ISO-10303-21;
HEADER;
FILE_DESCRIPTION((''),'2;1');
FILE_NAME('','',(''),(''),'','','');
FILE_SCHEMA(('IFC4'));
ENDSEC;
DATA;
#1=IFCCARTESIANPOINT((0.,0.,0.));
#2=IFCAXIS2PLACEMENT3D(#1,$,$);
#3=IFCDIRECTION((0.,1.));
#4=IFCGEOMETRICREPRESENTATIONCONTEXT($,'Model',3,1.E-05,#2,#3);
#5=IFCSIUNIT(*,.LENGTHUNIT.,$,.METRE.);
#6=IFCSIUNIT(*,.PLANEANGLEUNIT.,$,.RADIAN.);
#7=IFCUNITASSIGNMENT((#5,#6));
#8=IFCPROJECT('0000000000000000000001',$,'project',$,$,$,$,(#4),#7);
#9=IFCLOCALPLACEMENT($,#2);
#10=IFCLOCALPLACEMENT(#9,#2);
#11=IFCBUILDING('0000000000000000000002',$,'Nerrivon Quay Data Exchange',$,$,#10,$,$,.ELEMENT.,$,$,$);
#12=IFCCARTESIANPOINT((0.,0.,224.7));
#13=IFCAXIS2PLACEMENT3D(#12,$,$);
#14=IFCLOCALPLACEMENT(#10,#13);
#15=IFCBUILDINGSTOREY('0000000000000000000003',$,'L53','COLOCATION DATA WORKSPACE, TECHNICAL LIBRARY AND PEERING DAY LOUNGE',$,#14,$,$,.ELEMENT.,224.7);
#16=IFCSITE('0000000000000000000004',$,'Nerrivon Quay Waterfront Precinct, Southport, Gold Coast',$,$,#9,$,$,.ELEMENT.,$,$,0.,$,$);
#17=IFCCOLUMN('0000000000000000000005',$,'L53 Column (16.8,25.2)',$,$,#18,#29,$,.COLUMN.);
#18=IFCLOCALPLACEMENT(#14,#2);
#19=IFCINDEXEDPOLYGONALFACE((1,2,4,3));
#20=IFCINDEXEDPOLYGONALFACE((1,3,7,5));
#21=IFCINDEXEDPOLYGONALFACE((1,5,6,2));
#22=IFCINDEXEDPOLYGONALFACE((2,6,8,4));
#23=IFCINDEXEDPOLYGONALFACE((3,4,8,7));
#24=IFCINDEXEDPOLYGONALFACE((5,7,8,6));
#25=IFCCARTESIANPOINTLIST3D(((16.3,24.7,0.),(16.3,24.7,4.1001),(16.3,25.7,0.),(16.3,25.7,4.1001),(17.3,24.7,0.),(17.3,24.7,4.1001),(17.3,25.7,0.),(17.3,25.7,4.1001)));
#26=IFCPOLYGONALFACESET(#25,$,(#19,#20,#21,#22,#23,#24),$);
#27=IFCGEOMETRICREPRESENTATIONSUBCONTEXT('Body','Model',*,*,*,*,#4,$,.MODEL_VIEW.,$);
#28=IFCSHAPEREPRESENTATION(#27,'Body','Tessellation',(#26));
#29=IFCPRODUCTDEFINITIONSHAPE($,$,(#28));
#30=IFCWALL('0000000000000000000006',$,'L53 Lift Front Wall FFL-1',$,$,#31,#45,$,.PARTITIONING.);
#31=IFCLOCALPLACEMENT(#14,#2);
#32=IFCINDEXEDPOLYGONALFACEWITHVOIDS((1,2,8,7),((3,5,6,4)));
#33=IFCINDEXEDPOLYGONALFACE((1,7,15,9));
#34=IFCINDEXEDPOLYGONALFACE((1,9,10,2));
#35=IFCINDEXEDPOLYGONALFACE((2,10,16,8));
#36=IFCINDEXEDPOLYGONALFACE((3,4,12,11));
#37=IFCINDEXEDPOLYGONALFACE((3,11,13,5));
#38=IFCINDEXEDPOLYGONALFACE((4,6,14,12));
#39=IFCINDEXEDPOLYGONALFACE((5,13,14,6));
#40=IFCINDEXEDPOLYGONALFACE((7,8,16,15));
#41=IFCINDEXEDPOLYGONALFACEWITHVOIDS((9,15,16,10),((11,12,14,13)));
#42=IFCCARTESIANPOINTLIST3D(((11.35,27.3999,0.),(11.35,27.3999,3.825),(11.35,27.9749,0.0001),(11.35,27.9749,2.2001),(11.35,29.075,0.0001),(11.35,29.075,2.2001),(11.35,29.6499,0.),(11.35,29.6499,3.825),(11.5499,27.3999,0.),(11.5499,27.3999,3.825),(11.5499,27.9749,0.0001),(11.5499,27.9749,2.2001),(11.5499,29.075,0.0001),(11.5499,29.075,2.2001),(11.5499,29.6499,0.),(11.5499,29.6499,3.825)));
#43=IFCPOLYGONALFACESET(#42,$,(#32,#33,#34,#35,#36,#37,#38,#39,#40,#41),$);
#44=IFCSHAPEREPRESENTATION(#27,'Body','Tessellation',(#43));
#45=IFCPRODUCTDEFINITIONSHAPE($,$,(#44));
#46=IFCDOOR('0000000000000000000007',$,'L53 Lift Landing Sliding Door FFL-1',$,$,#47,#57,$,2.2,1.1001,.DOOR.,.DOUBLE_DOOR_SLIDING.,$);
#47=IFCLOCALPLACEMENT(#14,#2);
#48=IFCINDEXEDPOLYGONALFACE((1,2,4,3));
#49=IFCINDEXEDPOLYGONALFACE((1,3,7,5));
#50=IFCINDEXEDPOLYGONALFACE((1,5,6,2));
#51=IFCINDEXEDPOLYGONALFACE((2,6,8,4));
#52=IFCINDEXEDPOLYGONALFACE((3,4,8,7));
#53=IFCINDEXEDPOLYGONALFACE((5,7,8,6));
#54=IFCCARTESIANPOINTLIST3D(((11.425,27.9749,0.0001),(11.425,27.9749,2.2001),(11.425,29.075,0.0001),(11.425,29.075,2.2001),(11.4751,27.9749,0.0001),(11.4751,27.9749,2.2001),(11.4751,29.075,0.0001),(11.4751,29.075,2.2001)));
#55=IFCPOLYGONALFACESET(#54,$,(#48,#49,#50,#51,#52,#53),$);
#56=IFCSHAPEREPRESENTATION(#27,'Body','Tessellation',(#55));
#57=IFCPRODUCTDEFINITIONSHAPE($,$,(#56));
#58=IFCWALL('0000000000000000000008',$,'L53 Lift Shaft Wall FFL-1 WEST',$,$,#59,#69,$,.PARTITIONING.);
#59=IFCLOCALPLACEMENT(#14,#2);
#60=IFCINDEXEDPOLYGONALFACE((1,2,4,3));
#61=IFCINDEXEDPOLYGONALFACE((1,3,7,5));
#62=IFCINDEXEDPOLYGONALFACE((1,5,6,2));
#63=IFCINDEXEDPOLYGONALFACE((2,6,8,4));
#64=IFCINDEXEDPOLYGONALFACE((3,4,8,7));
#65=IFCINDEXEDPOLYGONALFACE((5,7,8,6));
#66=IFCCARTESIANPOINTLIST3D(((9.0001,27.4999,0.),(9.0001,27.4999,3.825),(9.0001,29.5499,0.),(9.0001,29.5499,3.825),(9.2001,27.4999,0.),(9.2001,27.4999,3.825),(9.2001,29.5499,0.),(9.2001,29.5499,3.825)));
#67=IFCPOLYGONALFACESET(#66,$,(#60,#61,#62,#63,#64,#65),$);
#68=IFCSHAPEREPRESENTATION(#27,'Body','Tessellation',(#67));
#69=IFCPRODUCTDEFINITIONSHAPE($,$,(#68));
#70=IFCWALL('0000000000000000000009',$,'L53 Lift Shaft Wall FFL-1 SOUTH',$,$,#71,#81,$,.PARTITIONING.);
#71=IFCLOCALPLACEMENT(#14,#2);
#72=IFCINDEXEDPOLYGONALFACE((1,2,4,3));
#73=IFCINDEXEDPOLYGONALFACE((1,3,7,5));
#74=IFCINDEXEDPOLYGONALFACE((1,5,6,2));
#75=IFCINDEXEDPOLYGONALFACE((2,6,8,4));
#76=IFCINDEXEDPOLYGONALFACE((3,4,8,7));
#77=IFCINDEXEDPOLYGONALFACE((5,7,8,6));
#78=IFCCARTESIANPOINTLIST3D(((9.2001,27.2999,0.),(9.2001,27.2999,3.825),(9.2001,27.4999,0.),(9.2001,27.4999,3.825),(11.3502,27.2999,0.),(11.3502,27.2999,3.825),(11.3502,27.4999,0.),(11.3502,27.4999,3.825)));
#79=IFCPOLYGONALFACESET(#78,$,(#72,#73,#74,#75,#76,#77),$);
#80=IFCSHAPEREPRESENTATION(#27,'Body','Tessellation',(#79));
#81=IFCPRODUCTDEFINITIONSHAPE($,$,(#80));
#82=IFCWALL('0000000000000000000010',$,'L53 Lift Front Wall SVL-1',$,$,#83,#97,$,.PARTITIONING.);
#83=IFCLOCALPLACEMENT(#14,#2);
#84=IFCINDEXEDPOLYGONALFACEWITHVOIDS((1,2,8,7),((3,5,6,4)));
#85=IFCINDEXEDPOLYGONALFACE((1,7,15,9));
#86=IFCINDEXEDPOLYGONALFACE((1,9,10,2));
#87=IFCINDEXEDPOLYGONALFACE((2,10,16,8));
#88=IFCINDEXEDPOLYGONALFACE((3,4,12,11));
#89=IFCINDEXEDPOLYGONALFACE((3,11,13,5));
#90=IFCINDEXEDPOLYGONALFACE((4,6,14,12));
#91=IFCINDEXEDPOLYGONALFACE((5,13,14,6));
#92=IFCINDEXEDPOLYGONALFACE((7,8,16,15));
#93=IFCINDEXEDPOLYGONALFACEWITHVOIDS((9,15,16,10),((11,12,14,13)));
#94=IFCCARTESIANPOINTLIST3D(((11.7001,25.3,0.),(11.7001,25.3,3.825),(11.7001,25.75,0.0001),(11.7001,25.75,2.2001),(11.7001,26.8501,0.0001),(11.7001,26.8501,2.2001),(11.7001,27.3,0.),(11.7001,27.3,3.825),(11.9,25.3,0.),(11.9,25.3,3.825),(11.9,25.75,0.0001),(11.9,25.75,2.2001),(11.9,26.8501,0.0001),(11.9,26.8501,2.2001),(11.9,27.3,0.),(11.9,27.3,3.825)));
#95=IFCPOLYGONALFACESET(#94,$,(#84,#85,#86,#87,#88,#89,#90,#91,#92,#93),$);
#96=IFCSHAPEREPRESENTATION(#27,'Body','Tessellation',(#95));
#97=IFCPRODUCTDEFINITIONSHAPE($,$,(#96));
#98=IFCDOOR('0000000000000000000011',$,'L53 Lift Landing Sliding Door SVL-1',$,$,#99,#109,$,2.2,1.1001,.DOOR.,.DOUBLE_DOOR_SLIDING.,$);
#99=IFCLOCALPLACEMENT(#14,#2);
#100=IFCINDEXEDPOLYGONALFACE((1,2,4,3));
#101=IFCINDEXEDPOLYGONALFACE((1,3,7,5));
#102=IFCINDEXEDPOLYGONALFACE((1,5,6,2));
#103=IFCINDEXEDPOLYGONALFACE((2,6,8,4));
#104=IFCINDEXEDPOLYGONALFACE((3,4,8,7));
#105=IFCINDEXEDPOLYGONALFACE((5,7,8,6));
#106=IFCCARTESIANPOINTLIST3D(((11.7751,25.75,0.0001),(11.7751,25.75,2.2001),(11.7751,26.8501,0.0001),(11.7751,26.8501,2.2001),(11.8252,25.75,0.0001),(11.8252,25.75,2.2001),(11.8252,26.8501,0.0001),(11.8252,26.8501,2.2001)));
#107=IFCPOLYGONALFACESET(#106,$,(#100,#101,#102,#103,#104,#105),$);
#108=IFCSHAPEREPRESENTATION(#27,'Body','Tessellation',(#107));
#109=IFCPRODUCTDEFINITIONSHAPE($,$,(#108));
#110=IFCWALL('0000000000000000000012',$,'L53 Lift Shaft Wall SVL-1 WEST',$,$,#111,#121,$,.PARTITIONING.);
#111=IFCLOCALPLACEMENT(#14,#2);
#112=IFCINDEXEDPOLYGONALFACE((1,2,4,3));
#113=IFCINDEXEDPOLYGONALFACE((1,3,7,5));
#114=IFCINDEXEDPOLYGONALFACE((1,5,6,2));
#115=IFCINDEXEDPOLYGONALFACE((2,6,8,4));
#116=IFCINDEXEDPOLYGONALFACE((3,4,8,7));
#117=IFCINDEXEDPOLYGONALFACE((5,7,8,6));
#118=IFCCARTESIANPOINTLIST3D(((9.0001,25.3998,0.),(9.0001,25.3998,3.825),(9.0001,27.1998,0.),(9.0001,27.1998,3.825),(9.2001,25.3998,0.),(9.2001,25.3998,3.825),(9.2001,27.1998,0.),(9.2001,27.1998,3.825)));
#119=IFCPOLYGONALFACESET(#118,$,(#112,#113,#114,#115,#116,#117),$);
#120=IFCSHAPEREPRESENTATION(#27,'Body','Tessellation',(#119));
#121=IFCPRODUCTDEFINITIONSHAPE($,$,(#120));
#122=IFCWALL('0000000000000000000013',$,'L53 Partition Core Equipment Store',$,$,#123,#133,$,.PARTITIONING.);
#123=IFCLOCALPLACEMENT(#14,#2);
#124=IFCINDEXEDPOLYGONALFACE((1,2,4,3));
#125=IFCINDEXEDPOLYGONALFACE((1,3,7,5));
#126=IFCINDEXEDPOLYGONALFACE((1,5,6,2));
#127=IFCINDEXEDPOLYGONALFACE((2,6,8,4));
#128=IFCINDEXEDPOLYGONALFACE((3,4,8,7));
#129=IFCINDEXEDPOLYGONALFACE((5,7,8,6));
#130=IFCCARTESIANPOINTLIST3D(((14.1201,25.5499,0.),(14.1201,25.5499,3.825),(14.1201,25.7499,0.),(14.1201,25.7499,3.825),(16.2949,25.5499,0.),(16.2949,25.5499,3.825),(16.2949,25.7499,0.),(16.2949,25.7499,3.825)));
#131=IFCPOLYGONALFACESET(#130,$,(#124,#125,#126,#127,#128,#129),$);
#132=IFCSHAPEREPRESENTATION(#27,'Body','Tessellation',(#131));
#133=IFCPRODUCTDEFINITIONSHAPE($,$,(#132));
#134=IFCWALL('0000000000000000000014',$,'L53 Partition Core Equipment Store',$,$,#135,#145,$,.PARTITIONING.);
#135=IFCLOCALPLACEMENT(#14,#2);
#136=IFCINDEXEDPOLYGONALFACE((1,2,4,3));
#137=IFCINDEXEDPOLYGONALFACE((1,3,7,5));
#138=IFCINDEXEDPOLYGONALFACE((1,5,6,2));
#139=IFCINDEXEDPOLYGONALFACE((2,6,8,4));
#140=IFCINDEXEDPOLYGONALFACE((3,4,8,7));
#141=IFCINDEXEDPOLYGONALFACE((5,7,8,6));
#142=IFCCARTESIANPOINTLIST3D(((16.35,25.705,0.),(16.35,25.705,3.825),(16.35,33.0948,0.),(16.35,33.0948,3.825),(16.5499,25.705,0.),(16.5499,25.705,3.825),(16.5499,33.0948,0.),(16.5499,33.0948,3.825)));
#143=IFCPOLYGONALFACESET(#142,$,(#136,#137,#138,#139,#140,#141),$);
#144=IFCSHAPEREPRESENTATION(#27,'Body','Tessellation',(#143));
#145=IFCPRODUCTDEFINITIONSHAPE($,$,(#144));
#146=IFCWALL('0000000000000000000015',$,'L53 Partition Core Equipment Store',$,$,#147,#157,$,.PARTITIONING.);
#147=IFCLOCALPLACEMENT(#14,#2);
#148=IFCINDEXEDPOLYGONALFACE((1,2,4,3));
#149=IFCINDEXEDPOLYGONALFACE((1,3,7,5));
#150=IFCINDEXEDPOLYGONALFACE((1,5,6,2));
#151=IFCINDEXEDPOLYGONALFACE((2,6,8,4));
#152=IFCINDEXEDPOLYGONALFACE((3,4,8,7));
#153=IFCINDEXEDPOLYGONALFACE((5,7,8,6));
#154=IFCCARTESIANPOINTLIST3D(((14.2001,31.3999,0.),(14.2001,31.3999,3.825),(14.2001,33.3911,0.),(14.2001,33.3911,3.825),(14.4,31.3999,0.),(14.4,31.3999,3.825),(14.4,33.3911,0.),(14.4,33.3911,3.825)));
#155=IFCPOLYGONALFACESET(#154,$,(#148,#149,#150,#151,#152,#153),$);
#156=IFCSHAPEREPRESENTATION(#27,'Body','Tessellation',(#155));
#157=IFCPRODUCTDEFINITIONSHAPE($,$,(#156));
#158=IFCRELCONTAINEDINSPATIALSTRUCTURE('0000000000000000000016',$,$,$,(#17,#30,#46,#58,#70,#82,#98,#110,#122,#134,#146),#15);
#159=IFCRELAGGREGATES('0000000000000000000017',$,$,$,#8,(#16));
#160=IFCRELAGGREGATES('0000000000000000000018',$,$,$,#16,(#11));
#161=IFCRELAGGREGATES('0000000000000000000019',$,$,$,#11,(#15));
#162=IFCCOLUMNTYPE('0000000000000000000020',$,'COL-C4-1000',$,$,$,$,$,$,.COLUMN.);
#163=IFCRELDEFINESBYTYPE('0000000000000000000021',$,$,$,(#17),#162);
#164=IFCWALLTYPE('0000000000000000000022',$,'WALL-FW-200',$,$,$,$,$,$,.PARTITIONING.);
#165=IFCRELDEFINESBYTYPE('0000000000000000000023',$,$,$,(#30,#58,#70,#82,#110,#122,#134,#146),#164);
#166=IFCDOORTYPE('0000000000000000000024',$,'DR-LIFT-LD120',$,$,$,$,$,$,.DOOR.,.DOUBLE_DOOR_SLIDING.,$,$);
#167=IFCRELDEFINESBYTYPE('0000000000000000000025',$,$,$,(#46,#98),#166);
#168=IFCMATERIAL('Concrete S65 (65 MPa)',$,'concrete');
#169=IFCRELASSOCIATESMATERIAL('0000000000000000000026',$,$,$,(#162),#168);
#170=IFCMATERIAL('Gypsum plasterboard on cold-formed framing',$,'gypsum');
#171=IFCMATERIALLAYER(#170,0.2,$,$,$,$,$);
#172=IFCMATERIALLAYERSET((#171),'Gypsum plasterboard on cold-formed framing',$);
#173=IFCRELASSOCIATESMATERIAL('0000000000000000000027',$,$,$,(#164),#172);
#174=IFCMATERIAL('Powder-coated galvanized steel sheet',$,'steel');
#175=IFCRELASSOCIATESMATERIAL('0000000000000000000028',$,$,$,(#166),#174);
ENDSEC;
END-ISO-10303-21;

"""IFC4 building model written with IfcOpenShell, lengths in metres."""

from ifc_helpers import new_model, si_unit, direction, frame, frame_2d, origin, origin_2d, place, context, subcontext, project, spatial, rectangle, extrude, material, layer, layer_set, material_profile, profile_set, type_object, element, fill, save


model = new_model("IFC4")

# Units and contexts
model_context = context("Model", 3, precision=1e-05, world=origin(), true_north=direction((0.0, 1.0)))
body_context = subcontext(model_context, "Body", "Model", "MODEL_VIEW")
ifc_project = project(units=[si_unit("LENGTHUNIT", "METRE"), si_unit("PLANEANGLEUNIT", "RADIAN")], contexts=[model_context])

# Site, building, storey
site_placement = place(None, origin())
site = spatial("IfcSite", under=ifc_project, at=site_placement, Name="Nerrivon Quay Waterfront Precinct, Southport, Gold Coast", CompositionType="ELEMENT", RefElevation=0.0)
building_placement = place(site_placement, origin())
building = spatial("IfcBuilding", under=site, at=building_placement, Name="Nerrivon Quay Data Exchange", CompositionType="ELEMENT")
storey_placement = place(building_placement, frame((0.0, 0.0, 224.7)))
storey = spatial("IfcBuildingStorey", under=building, at=storey_placement, Name="L53", Description="COLOCATION DATA WORKSPACE, TECHNICAL LIBRARY AND PEERING DAY LOUNGE", CompositionType="ELEMENT", Elevation=224.7)

# Column
ifc_material_1 = material(Name="Concrete S65 (65 MPa)", Category="concrete")
ifc_material_profile = material_profile(ifc_material_1, rectangle(XDim=1.0, YDim=1.0, at=origin_2d()), Name="RC-COL-1000x1000")
ifc_profile_set = profile_set([ifc_material_profile], Name="Concrete S65 (65 MPa)")
column_type = type_object("IfcColumnType", Name="COL-C4-1000", PredefinedType="COLUMN", material=ifc_profile_set)
column_placement = place(storey_placement, frame((16.8, 25.2, 0.0), z_axis=(0.0, 0.0, 1.0), x_axis=(1.0, 0.0, 0.0)))
element("IfcColumn", 1, at=column_placement, inside=storey, type_object=column_type, Name="L53 Column (16.8,25.2)", PredefinedType="COLUMN", context=body_context, shape_type="SweptSolid", body=[
    extrude(rectangle(XDim=1.0, YDim=1.0, at=origin_2d()), origin(), (0.0, 0.0, 1.0), 4.1001),
])

# Wall, opening, door
ifc_material_2 = material(Name="Powder-coated galvanized steel sheet", Category="steel")
ifc_material_3 = material(Name="Gypsum plasterboard on cold-formed framing", Category="gypsum")
ifc_layer_1 = layer(ifc_material_3, 0.2)
ifc_layer_set_1 = layer_set([ifc_layer_1], Name="Gypsum plasterboard on cold-formed framing")
wall_type_1 = type_object("IfcWallType", Name="WALL-FW-200", PredefinedType="PARTITIONING", material=ifc_layer_set_1)
wall_1_placement = place(storey_placement, frame((11.45, 27.3999, 0.0), z_axis=(0.0, 0.0, 1.0), x_axis=(0.0, 1.0, 0.0)))
wall_1 = element("IfcWall", 2, at=wall_1_placement, inside=storey, type_object=wall_type_1, Name="L53 Lift Front Wall FFL-1", PredefinedType="PARTITIONING", context=body_context, shape_type="SweptSolid", body=[
    extrude(rectangle(XDim=2.25, YDim=0.2, at=frame_2d((1.125, 0.0))), origin(), (0.0, 0.0, 1.0), 3.825),
])
opening_1_placement = place(wall_1_placement, frame((0.575, 0.0, 0.0)))
opening_1 = element("IfcOpeningElement", 3, at=opening_1_placement, cuts=wall_1, PredefinedType="OPENING", context=body_context, shape_type="SweptSolid", body=[
    extrude(rectangle(XDim=1.1001, YDim=2.2, at=frame_2d((0.55, 1.1001))), frame((0.0, 0.1099, 0.0), z_axis=(0.0, -1.0, 0.0), x_axis=(1.0, 0.0, 0.0)), (0.0, 0.0, 1.0), 0.22),
])
door_type_1 = type_object("IfcDoorType", Name="DR-LIFT-LD120", OperationType="DOUBLE_DOOR_SLIDING", PredefinedType="DOOR", material=ifc_material_2)
door_1_placement = place(opening_1_placement, origin())
door_1 = element("IfcDoor", 4, at=door_1_placement, inside=storey, type_object=door_type_1, Name="L53 Lift Landing Sliding Door FFL-1", OperationType="DOUBLE_DOOR_SLIDING", OverallHeight=2.2, OverallWidth=1.1001, PredefinedType="DOOR", context=body_context, shape_type="SweptSolid", body=[
    extrude(rectangle(XDim=1.1001, YDim=2.2, at=frame_2d((0.55, 1.1001))), frame((0.0, 0.0249, 0.0), z_axis=(0.0, -1.0, 0.0), x_axis=(1.0, 0.0, 0.0)), (0.0, 0.0, 1.0), 0.05),
])
fill(opening_1, door_1)

# Walls
wall_2_placement = place(storey_placement, frame((9.1001, 27.5, 0.0), z_axis=(0.0, 0.0, 1.0), x_axis=(0.0, 1.0, 0.0)))
element("IfcWall", 5, at=wall_2_placement, inside=storey, type_object=wall_type_1, Name="L53 Lift Shaft Wall FFL-1 WEST", PredefinedType="PARTITIONING", context=body_context, shape_type="SweptSolid", body=[
    extrude(rectangle(XDim=2.05, YDim=0.2, at=frame_2d((1.0249, 0.0))), origin(), (0.0, 0.0, 1.0), 3.825),
])
wall_3_placement = place(storey_placement, frame((9.2, 27.3999, 0.0), z_axis=(0.0, 0.0, 1.0), x_axis=(1.0, 0.0, 0.0)))
element("IfcWall", 6, at=wall_3_placement, inside=storey, type_object=wall_type_1, Name="L53 Lift Shaft Wall FFL-1 SOUTH", PredefinedType="PARTITIONING", context=body_context, shape_type="SweptSolid", body=[
    extrude(rectangle(XDim=2.1501, YDim=0.2, at=frame_2d((1.0752, 0.0))), origin(), (0.0, 0.0, 1.0), 3.825),
])

# Wall, opening, door
wall_4_placement = place(storey_placement, frame((11.8, 25.3, 0.0), z_axis=(0.0, 0.0, 1.0), x_axis=(0.0, 1.0, 0.0)))
wall_4 = element("IfcWall", 7, at=wall_4_placement, inside=storey, type_object=wall_type_1, Name="L53 Lift Front Wall SVL-1", PredefinedType="PARTITIONING", context=body_context, shape_type="SweptSolid", body=[
    extrude(rectangle(XDim=2.0, YDim=0.2, at=frame_2d((1.0, 0.0))), origin(), (0.0, 0.0, 1.0), 3.825),
])
opening_2_placement = place(wall_4_placement, frame((0.45, 0.0, 0.0)))
opening_2 = element("IfcOpeningElement", 8, at=opening_2_placement, cuts=wall_4, PredefinedType="OPENING", context=body_context, shape_type="SweptSolid", body=[
    extrude(rectangle(XDim=1.1001, YDim=2.2, at=frame_2d((0.55, 1.1001))), frame((0.0, 0.1099, 0.0), z_axis=(0.0, -1.0, 0.0), x_axis=(1.0, 0.0, 0.0)), (0.0, 0.0, 1.0), 0.22),
])
door_2_placement = place(opening_2_placement, origin())
door_2 = element("IfcDoor", 9, at=door_2_placement, inside=storey, type_object=door_type_1, Name="L53 Lift Landing Sliding Door SVL-1", OperationType="DOUBLE_DOOR_SLIDING", OverallHeight=2.2, OverallWidth=1.1001, PredefinedType="DOOR", context=body_context, shape_type="SweptSolid", body=[
    extrude(rectangle(XDim=1.1001, YDim=2.2, at=frame_2d((0.55, 1.1001))), frame((0.0, 0.0249, 0.0), z_axis=(0.0, -1.0, 0.0), x_axis=(1.0, 0.0, 0.0)), (0.0, 0.0, 1.0), 0.05),
])
fill(opening_2, door_2)

# Walls
wall_5_placement = place(storey_placement, frame((9.1001, 25.3999, 0.0), z_axis=(0.0, 0.0, 1.0), x_axis=(0.0, 1.0, 0.0)))
element("IfcWall", 10, at=wall_5_placement, inside=storey, type_object=wall_type_1, Name="L53 Lift Shaft Wall SVL-1 WEST", PredefinedType="PARTITIONING", context=body_context, shape_type="SweptSolid", body=[
    extrude(rectangle(XDim=1.8, YDim=0.2, at=frame_2d((0.8999, 0.0))), origin(), (0.0, 0.0, 1.0), 3.825),
])
wall_6_placement = place(storey_placement, frame((14.1201, 25.6499, 0.0), z_axis=(0.0, 0.0, 1.0), x_axis=(1.0, 0.0, 0.0)))
element("IfcWall", 11, at=wall_6_placement, inside=storey, type_object=wall_type_1, Name="L53 Partition Core Equipment Store", PredefinedType="PARTITIONING", context=body_context, shape_type="SweptSolid", body=[
    extrude(rectangle(XDim=2.1748, YDim=0.2, at=frame_2d((1.0874, 0.0))), origin(), (0.0, 0.0, 1.0), 3.825),
])
wall_7_placement = place(storey_placement, frame((16.45, 25.7051, 0.0), z_axis=(0.0, 0.0, 1.0), x_axis=(0.0, 1.0, 0.0)))
element("IfcWall", 12, at=wall_7_placement, inside=storey, type_object=wall_type_1, Name="L53 Partition Core Equipment Store", PredefinedType="PARTITIONING", context=body_context, shape_type="SweptSolid", body=[
    extrude(rectangle(XDim=7.3899, YDim=0.2, at=frame_2d((3.6948, 0.0))), origin(), (0.0, 0.0, 1.0), 3.825),
])
wall_8_placement = place(storey_placement, frame((14.3, 33.3911, 0.0), z_axis=(0.0, 0.0, 1.0), x_axis=(0.0, -1.0, 0.0)))
element("IfcWall", 13, at=wall_8_placement, inside=storey, type_object=wall_type_1, Name="L53 Partition Core Equipment Store", PredefinedType="PARTITIONING", context=body_context, shape_type="SweptSolid", body=[
    extrude(rectangle(XDim=1.9912, YDim=0.2, at=frame_2d((0.9956, 0.0))), origin(), (0.0, 0.0, 1.0), 3.825),
])

save(model, "model.ifc")
